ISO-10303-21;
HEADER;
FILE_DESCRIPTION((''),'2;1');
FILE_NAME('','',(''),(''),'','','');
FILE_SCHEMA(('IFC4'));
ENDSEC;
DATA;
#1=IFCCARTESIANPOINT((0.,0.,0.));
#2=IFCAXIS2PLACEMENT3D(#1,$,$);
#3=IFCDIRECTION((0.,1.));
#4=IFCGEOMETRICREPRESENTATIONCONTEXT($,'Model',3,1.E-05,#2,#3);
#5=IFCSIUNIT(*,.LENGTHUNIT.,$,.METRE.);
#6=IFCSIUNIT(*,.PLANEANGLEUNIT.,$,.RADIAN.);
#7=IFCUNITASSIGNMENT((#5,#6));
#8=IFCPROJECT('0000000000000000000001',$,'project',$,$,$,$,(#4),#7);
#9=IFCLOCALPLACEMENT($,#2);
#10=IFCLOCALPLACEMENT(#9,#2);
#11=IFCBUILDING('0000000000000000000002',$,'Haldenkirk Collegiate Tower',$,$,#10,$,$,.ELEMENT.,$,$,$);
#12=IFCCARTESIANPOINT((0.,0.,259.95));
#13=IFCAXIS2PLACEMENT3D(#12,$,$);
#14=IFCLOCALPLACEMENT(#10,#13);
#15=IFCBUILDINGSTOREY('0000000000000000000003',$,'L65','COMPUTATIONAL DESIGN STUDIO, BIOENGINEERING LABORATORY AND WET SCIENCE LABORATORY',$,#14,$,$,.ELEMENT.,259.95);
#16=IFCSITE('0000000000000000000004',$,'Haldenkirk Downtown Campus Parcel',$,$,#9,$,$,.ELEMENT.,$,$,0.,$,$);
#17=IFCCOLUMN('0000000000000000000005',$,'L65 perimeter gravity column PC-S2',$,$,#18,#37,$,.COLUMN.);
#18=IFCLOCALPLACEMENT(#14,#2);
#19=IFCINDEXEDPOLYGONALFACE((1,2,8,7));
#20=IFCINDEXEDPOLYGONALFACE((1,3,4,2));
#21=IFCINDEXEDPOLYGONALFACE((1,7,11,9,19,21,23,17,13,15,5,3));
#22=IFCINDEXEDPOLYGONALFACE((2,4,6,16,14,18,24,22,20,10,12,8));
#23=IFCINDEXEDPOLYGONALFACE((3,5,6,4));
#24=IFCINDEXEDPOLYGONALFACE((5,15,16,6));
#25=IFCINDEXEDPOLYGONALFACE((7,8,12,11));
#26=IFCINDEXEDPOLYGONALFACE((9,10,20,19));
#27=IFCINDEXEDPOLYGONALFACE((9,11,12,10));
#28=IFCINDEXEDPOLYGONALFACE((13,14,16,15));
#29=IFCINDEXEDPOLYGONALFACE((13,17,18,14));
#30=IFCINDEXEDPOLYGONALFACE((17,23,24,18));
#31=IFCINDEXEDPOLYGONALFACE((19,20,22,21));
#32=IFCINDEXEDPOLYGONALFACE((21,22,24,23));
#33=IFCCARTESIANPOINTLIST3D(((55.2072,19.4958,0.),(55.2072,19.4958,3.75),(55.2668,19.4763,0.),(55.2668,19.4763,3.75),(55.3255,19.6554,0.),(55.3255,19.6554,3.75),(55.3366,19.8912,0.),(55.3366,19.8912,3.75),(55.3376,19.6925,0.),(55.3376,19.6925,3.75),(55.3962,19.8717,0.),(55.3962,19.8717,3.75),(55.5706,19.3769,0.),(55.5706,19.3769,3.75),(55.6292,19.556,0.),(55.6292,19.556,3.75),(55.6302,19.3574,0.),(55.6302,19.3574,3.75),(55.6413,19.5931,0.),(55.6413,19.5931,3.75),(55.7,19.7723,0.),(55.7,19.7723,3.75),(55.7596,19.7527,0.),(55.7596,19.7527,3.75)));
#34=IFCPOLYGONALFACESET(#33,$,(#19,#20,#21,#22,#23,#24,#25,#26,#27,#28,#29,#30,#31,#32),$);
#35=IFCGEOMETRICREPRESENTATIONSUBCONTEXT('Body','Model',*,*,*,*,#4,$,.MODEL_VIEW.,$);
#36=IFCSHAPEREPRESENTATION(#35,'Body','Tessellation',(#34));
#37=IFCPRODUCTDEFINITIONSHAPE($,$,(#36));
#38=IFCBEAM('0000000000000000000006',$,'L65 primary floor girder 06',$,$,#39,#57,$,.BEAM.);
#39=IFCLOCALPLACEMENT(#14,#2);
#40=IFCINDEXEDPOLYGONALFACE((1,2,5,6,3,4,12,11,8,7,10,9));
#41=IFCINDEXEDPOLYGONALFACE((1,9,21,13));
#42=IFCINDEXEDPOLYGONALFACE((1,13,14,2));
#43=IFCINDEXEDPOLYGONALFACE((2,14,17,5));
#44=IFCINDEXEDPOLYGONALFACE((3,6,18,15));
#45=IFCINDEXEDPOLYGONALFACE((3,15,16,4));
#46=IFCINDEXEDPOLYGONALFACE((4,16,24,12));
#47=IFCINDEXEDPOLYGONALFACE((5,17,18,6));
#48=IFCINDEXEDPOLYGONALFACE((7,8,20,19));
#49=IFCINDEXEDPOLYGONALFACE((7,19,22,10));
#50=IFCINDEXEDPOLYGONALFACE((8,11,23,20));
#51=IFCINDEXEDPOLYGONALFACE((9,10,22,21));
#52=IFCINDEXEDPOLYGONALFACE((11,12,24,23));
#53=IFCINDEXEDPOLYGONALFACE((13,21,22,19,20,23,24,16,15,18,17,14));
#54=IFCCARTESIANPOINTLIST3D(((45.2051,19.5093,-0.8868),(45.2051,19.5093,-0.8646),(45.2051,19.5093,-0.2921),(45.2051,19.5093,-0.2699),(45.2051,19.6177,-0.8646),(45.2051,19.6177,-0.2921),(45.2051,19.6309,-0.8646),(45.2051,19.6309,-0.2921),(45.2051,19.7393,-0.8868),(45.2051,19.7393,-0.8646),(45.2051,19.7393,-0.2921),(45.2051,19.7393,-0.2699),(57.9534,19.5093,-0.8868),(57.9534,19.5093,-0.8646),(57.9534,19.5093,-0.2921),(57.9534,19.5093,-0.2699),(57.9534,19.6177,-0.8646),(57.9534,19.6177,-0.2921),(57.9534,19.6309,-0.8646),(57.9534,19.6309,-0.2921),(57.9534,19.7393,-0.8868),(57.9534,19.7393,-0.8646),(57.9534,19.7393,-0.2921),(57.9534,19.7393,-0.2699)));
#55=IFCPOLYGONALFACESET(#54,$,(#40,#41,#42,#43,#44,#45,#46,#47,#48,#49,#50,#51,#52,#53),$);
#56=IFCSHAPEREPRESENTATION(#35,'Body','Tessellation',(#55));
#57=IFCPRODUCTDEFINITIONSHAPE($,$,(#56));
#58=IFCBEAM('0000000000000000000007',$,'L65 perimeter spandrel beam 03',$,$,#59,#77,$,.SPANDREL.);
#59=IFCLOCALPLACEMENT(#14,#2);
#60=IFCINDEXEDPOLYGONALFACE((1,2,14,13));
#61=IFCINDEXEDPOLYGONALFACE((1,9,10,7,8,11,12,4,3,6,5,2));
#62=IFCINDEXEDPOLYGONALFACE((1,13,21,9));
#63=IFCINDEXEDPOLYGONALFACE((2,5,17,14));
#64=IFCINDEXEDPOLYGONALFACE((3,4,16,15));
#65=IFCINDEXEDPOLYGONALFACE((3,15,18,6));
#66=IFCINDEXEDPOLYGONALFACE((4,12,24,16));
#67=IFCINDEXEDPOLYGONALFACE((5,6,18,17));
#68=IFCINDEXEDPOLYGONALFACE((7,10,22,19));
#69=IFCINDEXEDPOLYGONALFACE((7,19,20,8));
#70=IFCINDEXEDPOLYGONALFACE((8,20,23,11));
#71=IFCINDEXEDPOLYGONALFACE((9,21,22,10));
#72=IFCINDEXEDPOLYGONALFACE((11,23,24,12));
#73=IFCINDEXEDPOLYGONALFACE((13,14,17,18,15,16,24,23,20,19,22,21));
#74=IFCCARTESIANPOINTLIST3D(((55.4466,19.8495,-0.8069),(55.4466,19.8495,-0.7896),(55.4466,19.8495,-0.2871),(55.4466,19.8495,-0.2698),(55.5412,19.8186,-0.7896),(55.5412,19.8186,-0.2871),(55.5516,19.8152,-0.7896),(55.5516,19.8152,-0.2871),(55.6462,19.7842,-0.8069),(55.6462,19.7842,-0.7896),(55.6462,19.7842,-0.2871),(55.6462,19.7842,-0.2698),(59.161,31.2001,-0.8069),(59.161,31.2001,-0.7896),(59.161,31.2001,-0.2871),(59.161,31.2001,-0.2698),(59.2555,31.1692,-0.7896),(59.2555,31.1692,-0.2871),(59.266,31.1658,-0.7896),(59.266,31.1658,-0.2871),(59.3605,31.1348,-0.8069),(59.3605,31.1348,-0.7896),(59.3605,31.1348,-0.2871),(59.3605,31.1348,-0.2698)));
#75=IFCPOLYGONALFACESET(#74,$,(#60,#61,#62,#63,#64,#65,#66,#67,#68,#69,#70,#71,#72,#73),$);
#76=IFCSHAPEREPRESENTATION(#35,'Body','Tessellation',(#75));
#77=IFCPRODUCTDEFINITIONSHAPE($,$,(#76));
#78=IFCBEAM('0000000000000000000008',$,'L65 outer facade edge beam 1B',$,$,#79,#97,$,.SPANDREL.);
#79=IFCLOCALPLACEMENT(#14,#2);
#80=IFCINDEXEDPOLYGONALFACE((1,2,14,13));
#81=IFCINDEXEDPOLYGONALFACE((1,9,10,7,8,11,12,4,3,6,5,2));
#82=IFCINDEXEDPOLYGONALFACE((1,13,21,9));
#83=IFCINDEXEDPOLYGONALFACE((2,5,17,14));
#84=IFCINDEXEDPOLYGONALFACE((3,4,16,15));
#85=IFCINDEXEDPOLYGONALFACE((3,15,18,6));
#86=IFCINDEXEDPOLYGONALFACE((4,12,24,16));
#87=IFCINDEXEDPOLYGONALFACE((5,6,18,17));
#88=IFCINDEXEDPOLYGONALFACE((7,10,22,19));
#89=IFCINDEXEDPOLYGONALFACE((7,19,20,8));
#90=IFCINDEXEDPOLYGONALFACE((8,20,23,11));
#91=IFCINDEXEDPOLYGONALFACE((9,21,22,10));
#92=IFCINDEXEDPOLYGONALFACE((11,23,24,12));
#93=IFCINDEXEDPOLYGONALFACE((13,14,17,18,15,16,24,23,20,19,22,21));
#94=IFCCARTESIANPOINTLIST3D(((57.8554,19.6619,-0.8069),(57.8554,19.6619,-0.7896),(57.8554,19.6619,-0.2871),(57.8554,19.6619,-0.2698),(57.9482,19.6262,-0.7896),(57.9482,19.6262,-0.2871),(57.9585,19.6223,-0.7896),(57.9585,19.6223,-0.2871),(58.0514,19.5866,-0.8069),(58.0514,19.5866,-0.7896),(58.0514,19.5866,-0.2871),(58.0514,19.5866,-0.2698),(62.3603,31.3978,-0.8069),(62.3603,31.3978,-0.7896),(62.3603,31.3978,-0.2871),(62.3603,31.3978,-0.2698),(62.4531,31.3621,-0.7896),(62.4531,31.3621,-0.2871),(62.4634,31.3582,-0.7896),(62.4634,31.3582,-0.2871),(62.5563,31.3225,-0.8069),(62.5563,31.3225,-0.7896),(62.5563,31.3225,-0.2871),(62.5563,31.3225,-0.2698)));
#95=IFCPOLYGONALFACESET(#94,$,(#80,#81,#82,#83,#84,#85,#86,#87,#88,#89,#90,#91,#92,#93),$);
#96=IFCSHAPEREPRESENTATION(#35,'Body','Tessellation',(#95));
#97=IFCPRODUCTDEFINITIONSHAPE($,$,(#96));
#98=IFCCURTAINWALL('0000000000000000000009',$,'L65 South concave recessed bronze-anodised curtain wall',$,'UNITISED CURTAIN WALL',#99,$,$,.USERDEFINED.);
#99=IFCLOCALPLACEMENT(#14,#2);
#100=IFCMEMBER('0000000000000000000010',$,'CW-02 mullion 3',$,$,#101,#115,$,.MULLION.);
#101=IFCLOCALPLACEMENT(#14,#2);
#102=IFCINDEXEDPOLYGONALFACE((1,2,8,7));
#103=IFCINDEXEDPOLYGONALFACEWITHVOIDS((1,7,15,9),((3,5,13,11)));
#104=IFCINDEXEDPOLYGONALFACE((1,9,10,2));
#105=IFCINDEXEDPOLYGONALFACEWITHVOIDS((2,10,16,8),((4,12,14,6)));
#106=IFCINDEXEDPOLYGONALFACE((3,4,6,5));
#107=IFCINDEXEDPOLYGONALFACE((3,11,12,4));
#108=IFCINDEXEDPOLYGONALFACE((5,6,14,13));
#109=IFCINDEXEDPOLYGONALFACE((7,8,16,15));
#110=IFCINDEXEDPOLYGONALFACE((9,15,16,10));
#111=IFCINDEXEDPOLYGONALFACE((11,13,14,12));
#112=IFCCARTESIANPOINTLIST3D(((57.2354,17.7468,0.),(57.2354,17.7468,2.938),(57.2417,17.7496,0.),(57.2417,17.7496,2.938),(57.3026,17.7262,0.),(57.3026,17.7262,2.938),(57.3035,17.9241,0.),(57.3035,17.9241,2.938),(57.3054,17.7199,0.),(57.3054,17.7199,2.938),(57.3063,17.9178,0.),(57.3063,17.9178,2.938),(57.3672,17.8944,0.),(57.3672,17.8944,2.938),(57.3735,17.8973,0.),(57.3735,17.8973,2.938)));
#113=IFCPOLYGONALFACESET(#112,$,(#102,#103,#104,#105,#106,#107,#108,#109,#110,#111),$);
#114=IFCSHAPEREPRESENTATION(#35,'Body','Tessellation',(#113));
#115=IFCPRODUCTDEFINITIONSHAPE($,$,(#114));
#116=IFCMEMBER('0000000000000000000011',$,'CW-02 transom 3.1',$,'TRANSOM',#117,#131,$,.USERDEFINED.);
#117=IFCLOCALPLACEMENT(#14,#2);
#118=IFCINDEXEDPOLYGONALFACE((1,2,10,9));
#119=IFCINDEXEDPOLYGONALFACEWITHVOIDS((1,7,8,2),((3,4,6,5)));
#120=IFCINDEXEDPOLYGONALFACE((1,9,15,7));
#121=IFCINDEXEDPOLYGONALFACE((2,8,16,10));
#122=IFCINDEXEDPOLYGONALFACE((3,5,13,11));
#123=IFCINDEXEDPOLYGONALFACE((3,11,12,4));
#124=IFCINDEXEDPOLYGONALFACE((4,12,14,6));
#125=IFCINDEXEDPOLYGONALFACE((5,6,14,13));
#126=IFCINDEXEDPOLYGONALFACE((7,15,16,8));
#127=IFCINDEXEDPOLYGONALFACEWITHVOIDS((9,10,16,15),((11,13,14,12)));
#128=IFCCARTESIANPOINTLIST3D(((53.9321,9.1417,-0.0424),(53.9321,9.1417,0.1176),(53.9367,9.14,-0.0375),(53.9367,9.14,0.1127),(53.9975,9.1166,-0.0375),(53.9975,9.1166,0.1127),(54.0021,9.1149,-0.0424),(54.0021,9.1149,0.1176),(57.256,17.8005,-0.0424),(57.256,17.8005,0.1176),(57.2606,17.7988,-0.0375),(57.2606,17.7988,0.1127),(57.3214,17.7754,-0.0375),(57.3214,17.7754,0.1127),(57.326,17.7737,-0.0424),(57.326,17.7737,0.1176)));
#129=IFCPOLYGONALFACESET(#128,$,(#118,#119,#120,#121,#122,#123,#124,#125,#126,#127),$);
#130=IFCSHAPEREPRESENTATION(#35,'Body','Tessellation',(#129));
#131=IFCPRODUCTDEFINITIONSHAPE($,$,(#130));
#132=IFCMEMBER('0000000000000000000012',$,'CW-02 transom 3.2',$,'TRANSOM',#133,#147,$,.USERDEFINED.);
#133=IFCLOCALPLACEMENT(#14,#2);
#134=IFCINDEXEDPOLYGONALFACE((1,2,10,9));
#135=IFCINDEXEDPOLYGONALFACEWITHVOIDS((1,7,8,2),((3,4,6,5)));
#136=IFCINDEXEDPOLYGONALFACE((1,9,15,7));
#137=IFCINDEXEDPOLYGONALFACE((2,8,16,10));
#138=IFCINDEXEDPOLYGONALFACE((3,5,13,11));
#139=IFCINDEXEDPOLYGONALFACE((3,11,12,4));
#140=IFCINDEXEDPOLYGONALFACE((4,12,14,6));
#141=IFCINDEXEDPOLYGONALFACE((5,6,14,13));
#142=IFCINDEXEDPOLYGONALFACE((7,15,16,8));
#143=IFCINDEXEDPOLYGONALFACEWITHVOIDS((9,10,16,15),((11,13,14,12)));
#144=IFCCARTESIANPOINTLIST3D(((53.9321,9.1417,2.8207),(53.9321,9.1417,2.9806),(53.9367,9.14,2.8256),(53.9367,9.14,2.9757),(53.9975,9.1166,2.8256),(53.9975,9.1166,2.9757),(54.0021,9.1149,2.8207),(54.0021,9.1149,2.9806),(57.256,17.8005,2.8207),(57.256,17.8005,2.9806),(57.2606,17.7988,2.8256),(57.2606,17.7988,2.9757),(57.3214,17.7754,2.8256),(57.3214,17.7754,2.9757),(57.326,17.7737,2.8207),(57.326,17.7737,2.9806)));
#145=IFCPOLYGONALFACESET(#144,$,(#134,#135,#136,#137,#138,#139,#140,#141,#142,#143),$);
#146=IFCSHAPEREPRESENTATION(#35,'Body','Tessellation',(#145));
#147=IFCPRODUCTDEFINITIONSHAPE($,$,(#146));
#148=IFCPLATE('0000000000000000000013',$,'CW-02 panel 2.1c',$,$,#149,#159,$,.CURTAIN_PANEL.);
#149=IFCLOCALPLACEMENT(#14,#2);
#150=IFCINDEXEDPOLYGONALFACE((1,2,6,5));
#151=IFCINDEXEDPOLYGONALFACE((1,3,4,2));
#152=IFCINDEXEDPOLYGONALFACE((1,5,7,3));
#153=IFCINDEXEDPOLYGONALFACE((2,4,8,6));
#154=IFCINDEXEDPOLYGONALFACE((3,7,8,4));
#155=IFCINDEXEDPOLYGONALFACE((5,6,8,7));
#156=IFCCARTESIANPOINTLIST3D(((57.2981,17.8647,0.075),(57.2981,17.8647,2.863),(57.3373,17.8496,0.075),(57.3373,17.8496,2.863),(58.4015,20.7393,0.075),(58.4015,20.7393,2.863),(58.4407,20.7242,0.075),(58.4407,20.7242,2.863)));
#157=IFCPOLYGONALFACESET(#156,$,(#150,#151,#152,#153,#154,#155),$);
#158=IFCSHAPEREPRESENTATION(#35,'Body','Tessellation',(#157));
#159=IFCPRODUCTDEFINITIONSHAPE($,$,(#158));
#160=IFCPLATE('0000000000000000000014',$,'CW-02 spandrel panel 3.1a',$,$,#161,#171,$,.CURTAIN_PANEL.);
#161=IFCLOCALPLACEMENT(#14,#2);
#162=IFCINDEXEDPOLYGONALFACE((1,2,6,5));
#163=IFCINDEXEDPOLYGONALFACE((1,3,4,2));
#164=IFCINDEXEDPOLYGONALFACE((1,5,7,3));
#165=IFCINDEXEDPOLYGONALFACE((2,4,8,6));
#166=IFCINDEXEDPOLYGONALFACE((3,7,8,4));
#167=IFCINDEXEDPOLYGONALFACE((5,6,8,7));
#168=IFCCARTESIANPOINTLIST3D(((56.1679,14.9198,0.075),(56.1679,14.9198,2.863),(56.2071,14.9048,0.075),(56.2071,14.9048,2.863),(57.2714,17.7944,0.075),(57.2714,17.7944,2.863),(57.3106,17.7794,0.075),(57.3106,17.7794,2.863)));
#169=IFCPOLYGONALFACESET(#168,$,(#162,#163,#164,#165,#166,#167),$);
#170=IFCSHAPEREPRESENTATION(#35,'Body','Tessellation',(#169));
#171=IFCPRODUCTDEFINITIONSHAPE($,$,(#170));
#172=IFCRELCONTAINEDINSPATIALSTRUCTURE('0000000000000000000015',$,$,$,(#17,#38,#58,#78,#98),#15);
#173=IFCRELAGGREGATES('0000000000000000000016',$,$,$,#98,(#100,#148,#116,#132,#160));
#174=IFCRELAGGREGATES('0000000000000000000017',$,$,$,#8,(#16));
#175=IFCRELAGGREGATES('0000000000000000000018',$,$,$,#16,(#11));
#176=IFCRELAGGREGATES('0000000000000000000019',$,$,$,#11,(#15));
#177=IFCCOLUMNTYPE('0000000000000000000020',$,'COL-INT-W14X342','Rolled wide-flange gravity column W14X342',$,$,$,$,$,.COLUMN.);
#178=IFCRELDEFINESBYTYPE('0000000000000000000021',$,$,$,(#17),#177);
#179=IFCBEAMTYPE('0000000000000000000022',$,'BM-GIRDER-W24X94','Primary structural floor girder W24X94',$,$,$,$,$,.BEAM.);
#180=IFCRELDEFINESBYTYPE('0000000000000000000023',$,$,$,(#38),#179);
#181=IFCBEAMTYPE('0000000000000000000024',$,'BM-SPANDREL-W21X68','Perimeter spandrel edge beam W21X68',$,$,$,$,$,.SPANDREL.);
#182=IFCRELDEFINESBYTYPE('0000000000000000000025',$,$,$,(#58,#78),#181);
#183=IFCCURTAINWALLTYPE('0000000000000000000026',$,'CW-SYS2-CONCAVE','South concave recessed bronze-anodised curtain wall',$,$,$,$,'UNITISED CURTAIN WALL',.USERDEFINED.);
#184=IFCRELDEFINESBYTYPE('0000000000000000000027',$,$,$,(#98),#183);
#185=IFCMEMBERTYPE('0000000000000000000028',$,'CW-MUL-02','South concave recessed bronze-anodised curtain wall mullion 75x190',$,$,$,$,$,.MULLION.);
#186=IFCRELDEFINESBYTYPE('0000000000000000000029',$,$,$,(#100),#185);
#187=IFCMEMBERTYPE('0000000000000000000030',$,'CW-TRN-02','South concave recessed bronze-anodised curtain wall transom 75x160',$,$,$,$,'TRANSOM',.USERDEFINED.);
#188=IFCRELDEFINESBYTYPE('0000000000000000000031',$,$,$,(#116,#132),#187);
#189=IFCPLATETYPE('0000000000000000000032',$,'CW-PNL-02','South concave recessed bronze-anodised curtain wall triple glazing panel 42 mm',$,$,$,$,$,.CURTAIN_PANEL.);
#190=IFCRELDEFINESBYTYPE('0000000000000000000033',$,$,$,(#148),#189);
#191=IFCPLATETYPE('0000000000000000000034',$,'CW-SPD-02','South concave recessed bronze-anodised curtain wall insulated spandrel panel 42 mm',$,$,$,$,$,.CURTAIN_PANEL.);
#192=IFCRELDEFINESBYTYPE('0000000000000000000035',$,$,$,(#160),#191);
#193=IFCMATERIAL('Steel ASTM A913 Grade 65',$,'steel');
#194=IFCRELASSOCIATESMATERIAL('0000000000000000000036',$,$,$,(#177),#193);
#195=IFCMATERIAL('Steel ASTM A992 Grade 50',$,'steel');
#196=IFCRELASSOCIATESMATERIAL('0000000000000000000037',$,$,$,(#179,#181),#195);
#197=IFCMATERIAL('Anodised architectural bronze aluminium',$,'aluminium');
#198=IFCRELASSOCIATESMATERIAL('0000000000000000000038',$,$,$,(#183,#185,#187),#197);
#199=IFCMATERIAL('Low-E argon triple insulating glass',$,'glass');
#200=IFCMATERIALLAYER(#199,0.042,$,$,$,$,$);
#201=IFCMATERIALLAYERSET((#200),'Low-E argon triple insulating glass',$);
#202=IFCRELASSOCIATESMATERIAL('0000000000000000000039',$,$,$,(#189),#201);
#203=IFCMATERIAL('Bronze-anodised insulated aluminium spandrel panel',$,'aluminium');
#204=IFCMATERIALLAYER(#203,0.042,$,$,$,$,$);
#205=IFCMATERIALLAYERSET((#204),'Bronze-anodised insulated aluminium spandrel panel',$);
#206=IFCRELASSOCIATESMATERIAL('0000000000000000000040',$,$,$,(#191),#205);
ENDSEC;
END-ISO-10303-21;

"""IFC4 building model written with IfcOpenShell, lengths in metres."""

from ifc_helpers import new_model, si_unit, direction, frame, origin, origin_2d, place, context, subcontext, project, spatial, rectangle, hollow_rectangle, i_section, extrude, source, transform, mapped, material, layer, layer_set, material_profile, profile_set, type_object, element, aggregate, save


model = new_model("IFC4")

# Units and contexts
model_context = context("Model", 3, precision=1e-05, world=origin(), true_north=direction((0.0, 1.0)))
body_context = subcontext(model_context, "Body", "Model", "MODEL_VIEW")
ifc_project = project(units=[si_unit("LENGTHUNIT", "METRE"), si_unit("PLANEANGLEUNIT", "RADIAN")], contexts=[model_context])

# Site, building, storey
site_placement = place(None, origin())
site = spatial("IfcSite", under=ifc_project, at=site_placement, Name="Haldenkirk Downtown Campus Parcel", CompositionType="ELEMENT", RefElevation=0.0)
building_placement = place(site_placement, origin())
building = spatial("IfcBuilding", under=site, at=building_placement, Name="Haldenkirk Collegiate Tower", CompositionType="ELEMENT")
storey_placement = place(building_placement, frame((0.0, 0.0, 259.95)))
storey = spatial("IfcBuildingStorey", under=building, at=storey_placement, Name="L65", Description="COMPUTATIONAL DESIGN STUDIO, BIOENGINEERING LABORATORY AND WET SCIENCE LABORATORY", CompositionType="ELEMENT", Elevation=259.95)

# Column
ifc_material_1 = material(Name="Steel ASTM A913 Grade 65", Category="steel")
ifc_material_profile_1 = material_profile(ifc_material_1, i_section(OverallWidth=0.416, OverallDepth=0.4451, WebThickness=0.0391, FlangeThickness=0.0627, at=origin_2d()), Name="W14X342")
ifc_profile_set_1 = profile_set([ifc_material_profile_1], Name="Steel ASTM A913 Grade 65")
column_type = type_object("IfcColumnType", Name="COL-INT-W14X342", Description="Rolled wide-flange gravity column W14X342", PredefinedType="COLUMN", material=ifc_profile_set_1)
column_placement = place(storey_placement, frame((55.4834, 19.6243, 0.0), z_axis=(0.0, 0.0, 1.0), x_axis=(0.311008, 0.950407, 0.0)))
element("IfcColumn", 1, at=column_placement, inside=storey, type_object=column_type, Name="L65 perimeter gravity column PC-S2", PredefinedType="COLUMN", context=body_context, shape_type="SweptSolid", body=[
    extrude(i_section(OverallWidth=0.416, OverallDepth=0.4451, WebThickness=0.0391, FlangeThickness=0.0627, at=origin_2d()), origin(), (0.0, 0.0, 1.0), 3.75),
])

# Beams
ifc_material_2 = material(Name="Steel ASTM A992 Grade 50", Category="steel")
ifc_material_profile_2 = material_profile(ifc_material_2, i_section(OverallWidth=0.23, OverallDepth=0.6169, WebThickness=0.0132, FlangeThickness=0.0222, at=origin_2d()), Name="W24X94")
ifc_profile_set_2 = profile_set([ifc_material_profile_2], Name="Steel ASTM A992 Grade 50")
beam_type_1 = type_object("IfcBeamType", Name="BM-GIRDER-W24X94", Description="Primary structural floor girder W24X94", PredefinedType="BEAM", material=ifc_profile_set_2)
beam_1_placement = place(storey_placement, frame((57.9534, 19.6243, -0.5784), z_axis=(-1.0, 0.0, 0.0), x_axis=(0.0, -1.0, 0.0)))
element("IfcBeam", 2, at=beam_1_placement, inside=storey, type_object=beam_type_1, Name="L65 primary floor girder 06", PredefinedType="BEAM", context=body_context, shape_type="SweptSolid", body=[
    extrude(i_section(OverallWidth=0.23, OverallDepth=0.6169, WebThickness=0.0132, FlangeThickness=0.0222, at=origin_2d()), origin(), (0.0, 0.0, 1.0), 12.7483),
])
ifc_material_profile_3 = material_profile(ifc_material_2, i_section(OverallWidth=0.21, OverallDepth=0.5371, WebThickness=0.011, FlangeThickness=0.0173, at=origin_2d()), Name="W21X68")
ifc_profile_set_3 = profile_set([ifc_material_profile_3], Name="Steel ASTM A992 Grade 50")
beam_type_2 = type_object("IfcBeamType", Name="BM-SPANDREL-W21X68", Description="Perimeter spandrel edge beam W21X68", PredefinedType="SPANDREL", material=ifc_profile_set_3)
beam_2_placement = place(storey_placement, frame((55.5464, 19.8169, -0.5383), z_axis=(0.31101, 0.950407, 0.0), x_axis=(-0.950407, 0.31101, 0.0)))
element("IfcBeam", 3, at=beam_2_placement, inside=storey, type_object=beam_type_2, Name="L65 perimeter spandrel beam 03", PredefinedType="SPANDREL", context=body_context, shape_type="SweptSolid", body=[
    extrude(i_section(OverallWidth=0.21, OverallDepth=0.5371, WebThickness=0.011, FlangeThickness=0.0173, at=origin_2d()), origin(), (0.0, 0.0, 1.0), 11.9429),
])
beam_3_placement = place(storey_placement, frame((57.9534, 19.6243, -0.5383), z_axis=(0.358362, 0.933583, 0.0), x_axis=(-0.933583, 0.358362, 0.0)))
element("IfcBeam", 4, at=beam_3_placement, inside=storey, type_object=beam_type_2, Name="L65 outer facade edge beam 1B", PredefinedType="SPANDREL", context=body_context, shape_type="SweptSolid", body=[
    extrude(i_section(OverallWidth=0.21, OverallDepth=0.5371, WebThickness=0.011, FlangeThickness=0.0173, at=origin_2d()), origin(), (0.0, 0.0, 1.0), 12.5708),
])

# Curtain wall, members, plates
ifc_material_3 = material(Name="Anodised architectural bronze aluminium", Category="aluminium")
curtain_wall_type = type_object("IfcCurtainWallType", Name="CW-SYS2-CONCAVE", Description="South concave recessed bronze-anodised curtain wall", ElementType="UNITISED CURTAIN WALL", PredefinedType="USERDEFINED", material=ifc_material_3)
curtain_wall_placement = place(storey_placement, origin())
curtain_wall = element("IfcCurtainWall", 5, at=curtain_wall_placement, inside=storey, type_object=curtain_wall_type, Name="L65 South concave recessed bronze-anodised curtain wall", ObjectType="UNITISED CURTAIN WALL", PredefinedType="USERDEFINED")
ifc_material_profile_4 = material_profile(ifc_material_3, hollow_rectangle(XDim=0.075, YDim=0.1899, WallThickness=0.0049, at=origin_2d()), Name="CW-MUL-02")
ifc_profile_set_4 = profile_set([ifc_material_profile_4], Name="Anodised architectural bronze aluminium")
member_type_1 = type_object("IfcMemberType", Name="CW-MUL-02", Description="South concave recessed bronze-anodised curtain wall mullion 75x190", PredefinedType="MULLION", material=ifc_profile_set_4)
member_1_placement = place(storey_placement, frame((57.3044, 17.822, 0.0), z_axis=(0.0, 0.0, 1.0), x_axis=(0.933579, -0.358371, 0.0)))
member_1 = element("IfcMember", 6, at=member_1_placement, type_object=member_type_1, Name="CW-02 mullion 3", PredefinedType="MULLION", context=body_context, shape_type="SweptSolid", body=[
    extrude(hollow_rectangle(XDim=0.075, YDim=0.1899, WallThickness=0.0049, at=origin_2d()), origin(), (0.0, 0.0, 1.0), 2.938),
])
ifc_material_profile_5 = material_profile(ifc_material_3, hollow_rectangle(XDim=0.075, YDim=0.1599, WallThickness=0.0049, at=origin_2d()), Name="CW-TRN-02")
ifc_profile_set_5 = profile_set([ifc_material_profile_5], Name="Anodised architectural bronze aluminium")
member_type_2 = type_object("IfcMemberType", Name="CW-TRN-02", Description="South concave recessed bronze-anodised curtain wall transom 75x160", ElementType="TRANSOM", PredefinedType="USERDEFINED", material=ifc_profile_set_5)
member_2_placement = place(storey_placement, frame((57.291, 17.7871, 0.0376), z_axis=(-0.358379, -0.933576, 0.0), x_axis=(0.933576, -0.358379, 0.0)))
member_2 = element("IfcMember", 7, at=member_2_placement, type_object=member_type_2, Name="CW-02 transom 3.1", ObjectType="TRANSOM", PredefinedType="USERDEFINED", context=body_context, shape_type="SweptSolid", body=[
    extrude(hollow_rectangle(XDim=0.075, YDim=0.1599, WallThickness=0.0049, at=origin_2d()), origin(), (0.0, 0.0, 1.0), 9.2749),
])
member_3_placement = place(storey_placement, frame((57.291, 17.7871, 2.9006), z_axis=(-0.358379, -0.933576, 0.0), x_axis=(0.933576, -0.358379, 0.0)))
member_3 = element("IfcMember", 8, at=member_3_placement, type_object=member_type_2, Name="CW-02 transom 3.2", ObjectType="TRANSOM", PredefinedType="USERDEFINED", context=body_context, shape_type="SweptSolid", body=[
    extrude(hollow_rectangle(XDim=0.075, YDim=0.1599, WallThickness=0.0049, at=origin_2d()), origin(), (0.0, 0.0, 1.0), 9.2749),
])
ifc_material_4 = material(Name="Low-E argon triple insulating glass", Category="glass")
ifc_layer_1 = layer(ifc_material_4, 0.042)
ifc_layer_set_1 = layer_set([ifc_layer_1], Name="Low-E argon triple insulating glass")
plate_type_1 = type_object("IfcPlateType", Name="CW-PNL-02", Description="South concave recessed bronze-anodised curtain wall triple glazing panel 42 mm", PredefinedType="CURTAIN_PANEL", material=ifc_layer_set_1)
shared_shape_1 = source(origin(), body_context, "Body", "SweptSolid", [
    extrude(rectangle(XDim=3.0791, YDim=0.042, at=origin_2d()), origin(), (0.0, 0.0, 1.0), 2.7881),
])
plate_1_placement = place(storey_placement, frame((57.8694, 19.2944, 0.075), z_axis=(0.0, 0.0, 1.0), x_axis=(-0.358371, -0.933579, 0.0)))
plate_1 = element("IfcPlate", 9, at=plate_1_placement, type_object=plate_type_1, Name="CW-02 panel 2.1c", PredefinedType="CURTAIN_PANEL", context=body_context, shape_type="MappedRepresentation", body=[
    mapped(shared_shape_1, transform((0.0, 0.0, 0.0), x_axis=(1.0, 0.0, 0.0), y_axis=(0.0, 1.0, 0.0), z_axis=(0.0, 0.0, 1.0), scale=1.0)),
])
ifc_material_5 = material(Name="Bronze-anodised insulated aluminium spandrel panel", Category="aluminium")
ifc_layer_2 = layer(ifc_material_5, 0.042)
ifc_layer_set_2 = layer_set([ifc_layer_2], Name="Bronze-anodised insulated aluminium spandrel panel")
plate_type_2 = type_object("IfcPlateType", Name="CW-SPD-02", Description="South concave recessed bronze-anodised curtain wall insulated spandrel panel 42 mm", PredefinedType="CURTAIN_PANEL", material=ifc_layer_set_2)
plate_2_placement = place(storey_placement, frame((56.7393, 16.3496, 0.075), z_axis=(0.0, 0.0, 1.0), x_axis=(-0.358371, -0.933579, 0.0)))
plate_2 = element("IfcPlate", 10, at=plate_2_placement, type_object=plate_type_2, Name="CW-02 spandrel panel 3.1a", PredefinedType="CURTAIN_PANEL", context=body_context, shape_type="MappedRepresentation", body=[
    mapped(shared_shape_1, transform((0.0, 0.0, 0.0), x_axis=(1.0, 0.0, 0.0), y_axis=(0.0, 1.0, 0.0), z_axis=(0.0, 0.0, 1.0), scale=1.0)),
])
aggregate(curtain_wall, [member_1, plate_1, member_2, member_3, plate_2])

save(model, "model.ifc")
